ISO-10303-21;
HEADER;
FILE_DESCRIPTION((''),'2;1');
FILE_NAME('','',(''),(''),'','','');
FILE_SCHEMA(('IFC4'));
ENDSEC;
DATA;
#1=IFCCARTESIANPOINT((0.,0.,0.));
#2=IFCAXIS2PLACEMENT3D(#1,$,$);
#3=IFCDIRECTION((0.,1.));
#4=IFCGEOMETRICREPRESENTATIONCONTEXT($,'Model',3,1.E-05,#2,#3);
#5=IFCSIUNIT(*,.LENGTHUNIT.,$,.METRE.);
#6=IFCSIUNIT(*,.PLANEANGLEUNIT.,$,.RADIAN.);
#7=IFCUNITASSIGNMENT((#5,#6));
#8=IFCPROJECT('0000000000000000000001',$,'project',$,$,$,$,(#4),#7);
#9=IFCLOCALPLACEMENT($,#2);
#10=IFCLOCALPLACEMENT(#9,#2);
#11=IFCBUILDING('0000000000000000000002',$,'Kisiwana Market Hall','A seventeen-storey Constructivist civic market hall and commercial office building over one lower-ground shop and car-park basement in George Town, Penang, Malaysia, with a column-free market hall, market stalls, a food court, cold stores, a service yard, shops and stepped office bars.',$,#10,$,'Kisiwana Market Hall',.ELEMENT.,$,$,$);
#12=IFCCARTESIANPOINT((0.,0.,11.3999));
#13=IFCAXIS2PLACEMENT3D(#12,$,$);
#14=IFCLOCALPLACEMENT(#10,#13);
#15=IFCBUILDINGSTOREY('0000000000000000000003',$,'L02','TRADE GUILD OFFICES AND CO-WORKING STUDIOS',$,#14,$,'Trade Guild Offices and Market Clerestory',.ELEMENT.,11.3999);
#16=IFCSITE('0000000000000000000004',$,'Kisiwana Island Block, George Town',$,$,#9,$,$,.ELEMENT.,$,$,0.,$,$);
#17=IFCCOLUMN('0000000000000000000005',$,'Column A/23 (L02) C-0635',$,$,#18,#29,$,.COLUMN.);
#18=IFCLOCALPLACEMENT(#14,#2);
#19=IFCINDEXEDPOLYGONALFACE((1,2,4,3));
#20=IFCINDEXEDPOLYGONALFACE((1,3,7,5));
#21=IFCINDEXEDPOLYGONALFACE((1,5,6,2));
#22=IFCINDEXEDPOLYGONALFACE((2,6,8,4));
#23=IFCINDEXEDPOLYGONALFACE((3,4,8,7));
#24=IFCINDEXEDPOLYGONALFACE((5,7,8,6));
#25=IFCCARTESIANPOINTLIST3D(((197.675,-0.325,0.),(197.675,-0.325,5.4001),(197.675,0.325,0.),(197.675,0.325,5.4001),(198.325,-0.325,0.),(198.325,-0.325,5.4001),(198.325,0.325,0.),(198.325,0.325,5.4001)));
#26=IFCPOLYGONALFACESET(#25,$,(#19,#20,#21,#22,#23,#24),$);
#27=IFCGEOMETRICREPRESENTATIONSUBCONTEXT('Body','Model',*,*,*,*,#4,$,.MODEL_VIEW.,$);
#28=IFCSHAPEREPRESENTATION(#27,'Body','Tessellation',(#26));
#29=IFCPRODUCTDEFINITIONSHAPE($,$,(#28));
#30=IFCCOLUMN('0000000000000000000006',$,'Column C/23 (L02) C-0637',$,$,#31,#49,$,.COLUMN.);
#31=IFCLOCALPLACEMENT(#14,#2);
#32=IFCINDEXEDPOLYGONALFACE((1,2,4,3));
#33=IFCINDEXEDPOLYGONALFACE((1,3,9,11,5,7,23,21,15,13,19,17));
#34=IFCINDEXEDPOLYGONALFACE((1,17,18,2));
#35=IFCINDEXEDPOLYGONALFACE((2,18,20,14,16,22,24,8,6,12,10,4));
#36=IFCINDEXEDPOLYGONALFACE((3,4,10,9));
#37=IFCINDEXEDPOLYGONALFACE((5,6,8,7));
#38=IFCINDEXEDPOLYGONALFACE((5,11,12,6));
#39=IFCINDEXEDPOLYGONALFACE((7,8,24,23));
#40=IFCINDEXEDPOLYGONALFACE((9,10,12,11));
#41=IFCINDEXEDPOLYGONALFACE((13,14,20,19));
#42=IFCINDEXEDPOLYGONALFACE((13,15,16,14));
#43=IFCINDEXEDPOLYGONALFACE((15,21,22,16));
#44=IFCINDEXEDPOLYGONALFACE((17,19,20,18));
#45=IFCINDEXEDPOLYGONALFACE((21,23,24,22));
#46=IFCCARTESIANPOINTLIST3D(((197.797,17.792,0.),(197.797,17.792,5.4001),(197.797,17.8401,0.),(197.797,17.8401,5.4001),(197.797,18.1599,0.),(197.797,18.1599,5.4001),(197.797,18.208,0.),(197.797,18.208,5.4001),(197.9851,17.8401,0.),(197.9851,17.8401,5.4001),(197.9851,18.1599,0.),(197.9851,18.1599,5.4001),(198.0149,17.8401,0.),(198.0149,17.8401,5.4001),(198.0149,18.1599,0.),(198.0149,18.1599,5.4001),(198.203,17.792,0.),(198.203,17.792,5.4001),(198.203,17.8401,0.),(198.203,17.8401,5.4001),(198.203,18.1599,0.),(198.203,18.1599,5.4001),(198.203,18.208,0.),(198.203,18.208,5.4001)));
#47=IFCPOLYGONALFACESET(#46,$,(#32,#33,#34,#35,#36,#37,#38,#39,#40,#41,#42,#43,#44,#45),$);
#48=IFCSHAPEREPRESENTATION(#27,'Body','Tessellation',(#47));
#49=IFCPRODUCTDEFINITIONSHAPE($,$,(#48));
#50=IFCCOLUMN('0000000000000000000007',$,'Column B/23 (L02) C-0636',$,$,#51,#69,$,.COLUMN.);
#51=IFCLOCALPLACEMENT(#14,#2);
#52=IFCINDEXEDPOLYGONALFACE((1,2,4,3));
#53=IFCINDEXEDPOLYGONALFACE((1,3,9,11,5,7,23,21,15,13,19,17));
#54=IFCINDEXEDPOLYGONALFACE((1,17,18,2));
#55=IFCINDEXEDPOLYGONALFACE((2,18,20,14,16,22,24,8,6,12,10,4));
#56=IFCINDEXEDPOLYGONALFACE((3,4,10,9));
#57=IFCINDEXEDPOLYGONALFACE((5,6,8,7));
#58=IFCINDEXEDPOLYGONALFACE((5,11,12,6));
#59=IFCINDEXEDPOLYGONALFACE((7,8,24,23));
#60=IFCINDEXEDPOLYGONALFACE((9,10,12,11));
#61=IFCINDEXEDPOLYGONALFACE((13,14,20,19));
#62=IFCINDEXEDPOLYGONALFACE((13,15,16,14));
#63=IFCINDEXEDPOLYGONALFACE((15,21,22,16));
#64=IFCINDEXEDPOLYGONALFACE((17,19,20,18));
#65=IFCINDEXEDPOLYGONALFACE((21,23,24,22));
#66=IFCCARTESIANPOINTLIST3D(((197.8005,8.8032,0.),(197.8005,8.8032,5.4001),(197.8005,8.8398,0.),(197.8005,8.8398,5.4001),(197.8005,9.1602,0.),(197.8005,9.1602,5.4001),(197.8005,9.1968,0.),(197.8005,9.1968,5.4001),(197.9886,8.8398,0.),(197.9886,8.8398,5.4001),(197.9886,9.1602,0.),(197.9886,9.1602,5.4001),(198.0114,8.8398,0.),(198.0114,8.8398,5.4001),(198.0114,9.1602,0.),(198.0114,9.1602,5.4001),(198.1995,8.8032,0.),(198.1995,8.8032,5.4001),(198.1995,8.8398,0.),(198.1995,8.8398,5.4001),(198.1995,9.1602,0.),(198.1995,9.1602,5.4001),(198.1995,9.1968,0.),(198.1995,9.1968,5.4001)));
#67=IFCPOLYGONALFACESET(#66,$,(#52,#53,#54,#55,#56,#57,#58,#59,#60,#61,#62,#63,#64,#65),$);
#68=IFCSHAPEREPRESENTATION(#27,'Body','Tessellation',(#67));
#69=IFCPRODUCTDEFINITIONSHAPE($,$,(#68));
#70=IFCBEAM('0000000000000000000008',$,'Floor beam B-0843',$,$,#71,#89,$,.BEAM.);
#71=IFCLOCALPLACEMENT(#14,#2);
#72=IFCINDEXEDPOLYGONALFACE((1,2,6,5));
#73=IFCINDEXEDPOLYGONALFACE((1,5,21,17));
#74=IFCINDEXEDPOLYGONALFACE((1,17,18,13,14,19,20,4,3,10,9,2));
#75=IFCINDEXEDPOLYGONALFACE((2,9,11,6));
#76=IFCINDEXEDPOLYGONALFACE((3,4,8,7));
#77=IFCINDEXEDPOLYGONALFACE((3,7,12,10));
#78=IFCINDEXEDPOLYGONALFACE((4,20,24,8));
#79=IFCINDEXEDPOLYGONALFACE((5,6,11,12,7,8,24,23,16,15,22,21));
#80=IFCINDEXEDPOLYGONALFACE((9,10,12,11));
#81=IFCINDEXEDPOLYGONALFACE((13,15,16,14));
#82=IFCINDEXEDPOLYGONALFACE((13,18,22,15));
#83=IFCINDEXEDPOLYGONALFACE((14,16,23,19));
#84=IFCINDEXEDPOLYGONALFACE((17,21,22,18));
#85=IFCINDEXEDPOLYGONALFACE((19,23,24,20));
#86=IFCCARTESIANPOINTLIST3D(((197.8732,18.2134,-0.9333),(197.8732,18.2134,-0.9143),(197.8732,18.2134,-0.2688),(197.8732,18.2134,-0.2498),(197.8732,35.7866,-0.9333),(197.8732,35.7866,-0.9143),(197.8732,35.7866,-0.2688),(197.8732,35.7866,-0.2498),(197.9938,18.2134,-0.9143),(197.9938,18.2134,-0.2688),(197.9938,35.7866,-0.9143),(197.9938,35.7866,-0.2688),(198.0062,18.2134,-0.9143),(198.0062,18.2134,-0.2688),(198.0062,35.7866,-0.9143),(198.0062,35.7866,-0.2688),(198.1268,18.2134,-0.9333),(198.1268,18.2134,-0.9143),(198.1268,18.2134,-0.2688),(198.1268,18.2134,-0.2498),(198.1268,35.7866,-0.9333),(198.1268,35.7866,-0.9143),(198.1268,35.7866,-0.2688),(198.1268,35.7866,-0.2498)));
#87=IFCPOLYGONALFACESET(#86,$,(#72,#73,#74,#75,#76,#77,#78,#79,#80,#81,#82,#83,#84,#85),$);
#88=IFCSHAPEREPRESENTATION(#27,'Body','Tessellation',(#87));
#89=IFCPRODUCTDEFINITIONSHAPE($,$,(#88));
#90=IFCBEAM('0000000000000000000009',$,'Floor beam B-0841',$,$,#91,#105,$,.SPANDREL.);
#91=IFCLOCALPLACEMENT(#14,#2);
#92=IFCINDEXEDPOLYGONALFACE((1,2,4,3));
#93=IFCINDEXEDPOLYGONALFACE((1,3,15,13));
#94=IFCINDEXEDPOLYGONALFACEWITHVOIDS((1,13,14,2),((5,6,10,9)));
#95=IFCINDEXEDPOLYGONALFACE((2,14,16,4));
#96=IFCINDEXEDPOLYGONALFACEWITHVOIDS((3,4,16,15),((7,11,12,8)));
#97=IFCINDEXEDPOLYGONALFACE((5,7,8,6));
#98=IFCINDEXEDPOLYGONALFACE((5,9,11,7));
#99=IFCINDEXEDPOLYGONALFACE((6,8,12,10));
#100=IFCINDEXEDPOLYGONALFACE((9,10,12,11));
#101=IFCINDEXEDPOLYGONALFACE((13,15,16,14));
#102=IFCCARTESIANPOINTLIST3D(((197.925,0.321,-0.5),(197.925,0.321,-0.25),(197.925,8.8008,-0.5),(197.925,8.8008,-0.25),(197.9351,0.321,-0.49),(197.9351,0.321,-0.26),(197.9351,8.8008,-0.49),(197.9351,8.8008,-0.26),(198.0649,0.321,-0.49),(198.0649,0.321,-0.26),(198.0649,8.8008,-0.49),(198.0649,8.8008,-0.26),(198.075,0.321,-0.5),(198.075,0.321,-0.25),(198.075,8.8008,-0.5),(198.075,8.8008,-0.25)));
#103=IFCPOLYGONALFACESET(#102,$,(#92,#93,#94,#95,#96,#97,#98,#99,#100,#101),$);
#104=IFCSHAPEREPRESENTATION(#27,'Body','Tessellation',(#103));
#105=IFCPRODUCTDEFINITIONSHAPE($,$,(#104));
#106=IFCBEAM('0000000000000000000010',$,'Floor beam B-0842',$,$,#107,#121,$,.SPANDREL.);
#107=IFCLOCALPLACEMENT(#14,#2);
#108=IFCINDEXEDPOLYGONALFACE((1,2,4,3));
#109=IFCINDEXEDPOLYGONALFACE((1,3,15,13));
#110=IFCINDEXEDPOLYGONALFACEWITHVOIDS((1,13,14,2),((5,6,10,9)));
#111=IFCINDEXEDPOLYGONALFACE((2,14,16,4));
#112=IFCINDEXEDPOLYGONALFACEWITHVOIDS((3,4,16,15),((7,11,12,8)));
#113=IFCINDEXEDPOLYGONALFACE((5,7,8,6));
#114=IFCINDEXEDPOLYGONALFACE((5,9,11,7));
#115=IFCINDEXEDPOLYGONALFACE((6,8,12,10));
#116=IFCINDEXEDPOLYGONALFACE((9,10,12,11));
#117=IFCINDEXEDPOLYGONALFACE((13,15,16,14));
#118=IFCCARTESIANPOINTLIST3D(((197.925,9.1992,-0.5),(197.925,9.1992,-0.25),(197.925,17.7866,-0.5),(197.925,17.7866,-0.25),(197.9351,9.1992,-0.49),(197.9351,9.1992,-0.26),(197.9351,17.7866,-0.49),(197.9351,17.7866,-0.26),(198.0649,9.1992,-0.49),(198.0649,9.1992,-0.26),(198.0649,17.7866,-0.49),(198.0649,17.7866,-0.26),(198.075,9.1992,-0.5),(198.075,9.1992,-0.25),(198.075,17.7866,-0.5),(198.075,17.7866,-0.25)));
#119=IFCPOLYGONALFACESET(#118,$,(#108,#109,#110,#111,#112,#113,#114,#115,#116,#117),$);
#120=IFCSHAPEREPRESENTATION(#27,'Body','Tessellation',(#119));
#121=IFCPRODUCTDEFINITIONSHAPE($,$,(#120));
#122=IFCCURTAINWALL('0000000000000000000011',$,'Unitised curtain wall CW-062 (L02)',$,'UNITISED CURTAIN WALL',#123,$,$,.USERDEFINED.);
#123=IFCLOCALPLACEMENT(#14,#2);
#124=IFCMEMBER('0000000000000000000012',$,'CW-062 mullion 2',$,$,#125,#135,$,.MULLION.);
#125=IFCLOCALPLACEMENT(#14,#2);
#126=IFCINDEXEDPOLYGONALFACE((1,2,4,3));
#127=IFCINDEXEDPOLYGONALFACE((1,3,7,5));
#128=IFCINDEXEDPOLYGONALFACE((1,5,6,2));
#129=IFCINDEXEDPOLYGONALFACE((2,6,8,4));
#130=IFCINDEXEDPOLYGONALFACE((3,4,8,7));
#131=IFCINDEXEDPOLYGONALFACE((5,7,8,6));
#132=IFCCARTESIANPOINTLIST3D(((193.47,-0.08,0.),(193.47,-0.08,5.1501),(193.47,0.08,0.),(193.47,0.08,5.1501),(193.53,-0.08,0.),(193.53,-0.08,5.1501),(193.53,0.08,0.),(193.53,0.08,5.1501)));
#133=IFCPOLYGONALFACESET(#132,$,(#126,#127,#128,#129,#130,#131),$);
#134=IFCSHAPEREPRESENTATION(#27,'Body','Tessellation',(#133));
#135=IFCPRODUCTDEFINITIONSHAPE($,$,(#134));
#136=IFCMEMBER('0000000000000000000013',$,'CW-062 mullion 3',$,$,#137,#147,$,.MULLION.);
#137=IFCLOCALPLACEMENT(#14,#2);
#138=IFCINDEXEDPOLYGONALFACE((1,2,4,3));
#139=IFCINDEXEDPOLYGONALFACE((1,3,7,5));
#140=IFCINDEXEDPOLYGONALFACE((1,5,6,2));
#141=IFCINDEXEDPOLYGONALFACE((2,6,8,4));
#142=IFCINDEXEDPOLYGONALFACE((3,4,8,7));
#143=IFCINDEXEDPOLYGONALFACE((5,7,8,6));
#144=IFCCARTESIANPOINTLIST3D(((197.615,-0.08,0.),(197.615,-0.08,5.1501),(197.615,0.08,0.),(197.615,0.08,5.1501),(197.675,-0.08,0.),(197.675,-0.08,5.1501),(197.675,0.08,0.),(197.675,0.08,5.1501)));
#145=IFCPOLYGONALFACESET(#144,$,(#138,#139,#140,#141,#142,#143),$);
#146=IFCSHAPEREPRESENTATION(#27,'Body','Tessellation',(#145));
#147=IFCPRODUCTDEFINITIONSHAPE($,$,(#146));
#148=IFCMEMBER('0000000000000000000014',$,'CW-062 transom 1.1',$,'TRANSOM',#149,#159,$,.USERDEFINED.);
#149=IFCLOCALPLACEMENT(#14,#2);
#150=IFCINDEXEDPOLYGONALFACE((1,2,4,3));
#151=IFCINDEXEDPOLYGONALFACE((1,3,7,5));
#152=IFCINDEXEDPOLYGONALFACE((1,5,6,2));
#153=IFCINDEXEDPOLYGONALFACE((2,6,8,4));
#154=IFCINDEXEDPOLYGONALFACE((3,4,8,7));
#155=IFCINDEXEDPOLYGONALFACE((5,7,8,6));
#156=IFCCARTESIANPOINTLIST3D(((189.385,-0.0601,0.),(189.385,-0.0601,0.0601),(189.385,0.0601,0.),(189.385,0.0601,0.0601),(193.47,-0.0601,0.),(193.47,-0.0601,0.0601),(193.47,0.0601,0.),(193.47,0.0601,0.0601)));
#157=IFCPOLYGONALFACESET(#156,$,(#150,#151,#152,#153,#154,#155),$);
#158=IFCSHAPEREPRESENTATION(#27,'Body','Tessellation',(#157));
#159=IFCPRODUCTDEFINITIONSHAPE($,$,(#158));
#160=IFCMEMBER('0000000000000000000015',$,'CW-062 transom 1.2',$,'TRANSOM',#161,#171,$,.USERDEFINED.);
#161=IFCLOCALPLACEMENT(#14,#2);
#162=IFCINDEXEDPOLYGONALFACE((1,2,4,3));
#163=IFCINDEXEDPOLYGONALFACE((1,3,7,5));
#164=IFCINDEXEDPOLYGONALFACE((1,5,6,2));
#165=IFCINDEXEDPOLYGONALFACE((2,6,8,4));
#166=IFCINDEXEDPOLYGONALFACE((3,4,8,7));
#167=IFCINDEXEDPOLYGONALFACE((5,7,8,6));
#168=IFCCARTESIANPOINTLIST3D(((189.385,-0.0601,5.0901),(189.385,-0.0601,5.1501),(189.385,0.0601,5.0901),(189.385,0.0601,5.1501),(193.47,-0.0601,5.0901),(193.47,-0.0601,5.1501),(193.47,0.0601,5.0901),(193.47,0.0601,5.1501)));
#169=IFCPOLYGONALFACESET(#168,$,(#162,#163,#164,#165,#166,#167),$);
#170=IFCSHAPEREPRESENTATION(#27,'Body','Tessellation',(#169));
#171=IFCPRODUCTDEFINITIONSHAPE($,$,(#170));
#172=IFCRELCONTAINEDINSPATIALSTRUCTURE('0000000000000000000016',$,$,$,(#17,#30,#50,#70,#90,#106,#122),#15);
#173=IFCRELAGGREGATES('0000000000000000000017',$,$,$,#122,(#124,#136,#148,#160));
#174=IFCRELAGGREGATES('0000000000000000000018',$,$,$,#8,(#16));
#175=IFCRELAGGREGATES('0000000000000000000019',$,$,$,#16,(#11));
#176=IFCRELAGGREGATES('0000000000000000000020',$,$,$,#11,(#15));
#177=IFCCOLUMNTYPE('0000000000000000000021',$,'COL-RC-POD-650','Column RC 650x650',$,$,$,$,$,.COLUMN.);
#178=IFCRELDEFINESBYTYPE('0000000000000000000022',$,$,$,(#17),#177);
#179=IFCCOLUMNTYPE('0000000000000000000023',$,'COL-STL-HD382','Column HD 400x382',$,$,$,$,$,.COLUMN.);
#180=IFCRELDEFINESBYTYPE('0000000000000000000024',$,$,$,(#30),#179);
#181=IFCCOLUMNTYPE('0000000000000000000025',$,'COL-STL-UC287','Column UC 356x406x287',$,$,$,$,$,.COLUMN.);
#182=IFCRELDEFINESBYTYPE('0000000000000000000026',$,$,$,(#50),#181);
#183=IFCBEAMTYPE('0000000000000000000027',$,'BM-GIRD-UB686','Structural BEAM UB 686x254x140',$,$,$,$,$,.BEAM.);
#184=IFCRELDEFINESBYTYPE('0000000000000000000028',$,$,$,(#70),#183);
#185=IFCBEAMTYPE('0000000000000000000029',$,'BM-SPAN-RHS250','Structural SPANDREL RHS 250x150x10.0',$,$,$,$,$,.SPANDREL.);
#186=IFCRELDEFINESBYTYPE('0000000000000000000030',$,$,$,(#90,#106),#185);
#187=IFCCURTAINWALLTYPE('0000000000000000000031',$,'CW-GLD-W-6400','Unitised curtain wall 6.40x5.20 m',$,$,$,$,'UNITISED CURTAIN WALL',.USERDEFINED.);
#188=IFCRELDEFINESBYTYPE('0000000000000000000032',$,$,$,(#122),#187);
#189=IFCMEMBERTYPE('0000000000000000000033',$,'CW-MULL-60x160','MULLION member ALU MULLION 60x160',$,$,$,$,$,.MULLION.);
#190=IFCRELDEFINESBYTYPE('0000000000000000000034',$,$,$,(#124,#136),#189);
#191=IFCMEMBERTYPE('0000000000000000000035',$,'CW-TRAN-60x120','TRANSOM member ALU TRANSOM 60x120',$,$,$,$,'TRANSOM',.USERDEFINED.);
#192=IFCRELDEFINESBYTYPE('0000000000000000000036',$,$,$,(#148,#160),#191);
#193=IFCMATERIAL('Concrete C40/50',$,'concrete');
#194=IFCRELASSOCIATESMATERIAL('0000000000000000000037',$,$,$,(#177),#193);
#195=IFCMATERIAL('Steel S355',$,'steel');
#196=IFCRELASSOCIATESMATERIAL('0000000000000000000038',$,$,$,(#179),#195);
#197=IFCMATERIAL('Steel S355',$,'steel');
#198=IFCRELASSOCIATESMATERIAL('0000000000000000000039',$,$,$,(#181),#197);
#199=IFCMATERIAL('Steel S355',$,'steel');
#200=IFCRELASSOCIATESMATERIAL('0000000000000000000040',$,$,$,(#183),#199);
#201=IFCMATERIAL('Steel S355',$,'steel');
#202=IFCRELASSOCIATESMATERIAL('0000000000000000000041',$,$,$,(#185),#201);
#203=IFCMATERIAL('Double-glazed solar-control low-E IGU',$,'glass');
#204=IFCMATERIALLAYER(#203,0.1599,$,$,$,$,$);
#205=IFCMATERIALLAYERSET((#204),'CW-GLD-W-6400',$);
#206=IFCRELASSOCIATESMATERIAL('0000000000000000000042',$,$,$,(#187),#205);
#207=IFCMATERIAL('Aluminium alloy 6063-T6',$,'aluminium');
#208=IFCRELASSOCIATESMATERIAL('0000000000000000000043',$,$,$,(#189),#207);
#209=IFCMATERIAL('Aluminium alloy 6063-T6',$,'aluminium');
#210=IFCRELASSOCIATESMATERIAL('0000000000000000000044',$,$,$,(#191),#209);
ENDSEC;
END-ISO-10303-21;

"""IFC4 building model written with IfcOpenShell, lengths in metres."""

from ifc_helpers import new_model, si_unit, direction, frame, origin, origin_2d, place, context, subcontext, project, spatial, rectangle, hollow_rectangle, i_section, extrude, material, layer, layer_set, material_profile, profile_set, type_object, element, aggregate, save


model = new_model("IFC4")

# Units and contexts
model_context = context("Model", 3, precision=1e-05, world=origin(), true_north=direction((0.0, 1.0)))
body_context = subcontext(model_context, "Body", "Model", "MODEL_VIEW")
ifc_project = project(units=[si_unit("LENGTHUNIT", "METRE"), si_unit("PLANEANGLEUNIT", "RADIAN")], contexts=[model_context])

# Site, building, storey
site_placement = place(None, origin())
site = spatial("IfcSite", under=ifc_project, at=site_placement, Name="Kisiwana Island Block, George Town", CompositionType="ELEMENT", RefElevation=0.0)
building_placement = place(site_placement, origin())
building = spatial("IfcBuilding", under=site, at=building_placement, Name="Kisiwana Market Hall", Description="A seventeen-storey Constructivist civic market hall and commercial office building over one lower-ground shop and car-park basement in George Town, Penang, Malaysia, with a column-free market hall, market stalls, a food court, cold stores, a service yard, shops and stepped office bars.", LongName="Kisiwana Market Hall", CompositionType="ELEMENT")
storey_placement = place(building_placement, frame((0.0, 0.0, 11.3999)))
storey = spatial("IfcBuildingStorey", under=building, at=storey_placement, Name="L02", Description="TRADE GUILD OFFICES AND CO-WORKING STUDIOS", LongName="Trade Guild Offices and Market Clerestory", CompositionType="ELEMENT", Elevation=11.3999)

# Columns
ifc_material_1 = material(Name="Concrete C40/50", Category="concrete")
ifc_material_profile_1 = material_profile(ifc_material_1, rectangle(XDim=0.6499, YDim=0.6499, at=origin_2d()), Name="RC 650x650")
ifc_profile_set_1 = profile_set([ifc_material_profile_1], Name="Concrete C40/50")
column_type_1 = type_object("IfcColumnType", Name="COL-RC-POD-650", Description="Column RC 650x650", PredefinedType="COLUMN", material=ifc_profile_set_1)
column_1_placement = place(storey_placement, frame((198.0, 0.0, 0.0), z_axis=(0.0, 0.0, 1.0), x_axis=(1.0, 0.0, 0.0)))
element("IfcColumn", 1, at=column_1_placement, inside=storey, type_object=column_type_1, Name="Column A/23 (L02) C-0635", PredefinedType="COLUMN", context=body_context, shape_type="SweptSolid", body=[
    extrude(rectangle(XDim=0.6499, YDim=0.6499, at=origin_2d()), origin(), (0.0, 0.0, 1.0), 5.4001),
])
ifc_material_2 = material(Name="Steel S355", Category="steel")
ifc_material_profile_2 = material_profile(ifc_material_2, i_section(OverallWidth=0.406, OverallDepth=0.416, WebThickness=0.0298, FlangeThickness=0.0481, at=origin_2d()), Name="HD 400x382")
ifc_profile_set_2 = profile_set([ifc_material_profile_2], Name="Steel S355")
column_type_2 = type_object("IfcColumnType", Name="COL-STL-HD382", Description="Column HD 400x382", PredefinedType="COLUMN", material=ifc_profile_set_2)
column_2_placement = place(storey_placement, frame((198.0, 18.0, 0.0), z_axis=(0.0, 0.0, 1.0), x_axis=(1.0, 0.0, 0.0)))
element("IfcColumn", 2, at=column_2_placement, inside=storey, type_object=column_type_2, Name="Column C/23 (L02) C-0637", PredefinedType="COLUMN", context=body_context, shape_type="SweptSolid", body=[
    extrude(i_section(OverallWidth=0.406, OverallDepth=0.416, WebThickness=0.0298, FlangeThickness=0.0481, at=origin_2d()), origin(), (0.0, 0.0, 1.0), 5.4001),
])
ifc_material_3 = material(Name="Steel S355", Category="steel")
ifc_material_profile_3 = material_profile(ifc_material_3, i_section(OverallWidth=0.3989, OverallDepth=0.3936, WebThickness=0.0227, FlangeThickness=0.0366, at=origin_2d()), Name="UC 356x406x287")
ifc_profile_set_3 = profile_set([ifc_material_profile_3], Name="Steel S355")
column_type_3 = type_object("IfcColumnType", Name="COL-STL-UC287", Description="Column UC 356x406x287", PredefinedType="COLUMN", material=ifc_profile_set_3)
column_3_placement = place(storey_placement, frame((198.0, 9.0, 0.0), z_axis=(0.0, 0.0, 1.0), x_axis=(1.0, 0.0, 0.0)))
element("IfcColumn", 3, at=column_3_placement, inside=storey, type_object=column_type_3, Name="Column B/23 (L02) C-0636", PredefinedType="COLUMN", context=body_context, shape_type="SweptSolid", body=[
    extrude(i_section(OverallWidth=0.3989, OverallDepth=0.3936, WebThickness=0.0227, FlangeThickness=0.0366, at=origin_2d()), origin(), (0.0, 0.0, 1.0), 5.4001),
])

# Beams
ifc_material_4 = material(Name="Steel S355", Category="steel")
ifc_material_profile_4 = material_profile(ifc_material_4, i_section(OverallWidth=0.2537, OverallDepth=0.6836, WebThickness=0.0125, FlangeThickness=0.019, at=origin_2d()), Name="UB 686x254x140")
ifc_profile_set_4 = profile_set([ifc_material_profile_4], Name="Steel S355")
beam_type_1 = type_object("IfcBeamType", Name="BM-GIRD-UB686", Description="Structural BEAM UB 686x254x140", PredefinedType="BEAM", material=ifc_profile_set_4)
beam_1_placement = place(storey_placement, frame((198.0, 18.2134, -0.5916), z_axis=(0.0, 1.0, 0.0), x_axis=(-1.0, 0.0, 0.0)))
element("IfcBeam", 4, at=beam_1_placement, inside=storey, type_object=beam_type_1, Name="Floor beam B-0843", PredefinedType="BEAM", context=body_context, shape_type="SweptSolid", body=[
    extrude(i_section(OverallWidth=0.2537, OverallDepth=0.6836, WebThickness=0.0125, FlangeThickness=0.019, at=origin_2d()), origin(), (0.0, 0.0, 1.0), 17.5732),
])
ifc_material_5 = material(Name="Steel S355", Category="steel")
ifc_material_profile_5 = material_profile(ifc_material_5, hollow_rectangle(XDim=0.1499, YDim=0.25, WallThickness=0.01, at=origin_2d()), Name="RHS 250x150x10.0")
ifc_profile_set_5 = profile_set([ifc_material_profile_5], Name="Steel S355")
beam_type_2 = type_object("IfcBeamType", Name="BM-SPAN-RHS250", Description="Structural SPANDREL RHS 250x150x10.0", PredefinedType="SPANDREL", material=ifc_profile_set_5)
beam_2_placement = place(storey_placement, frame((198.0, 0.321, -0.375), z_axis=(0.0, 1.0, 0.0), x_axis=(-1.0, 0.0, 0.0)))
element("IfcBeam", 5, at=beam_2_placement, inside=storey, type_object=beam_type_2, Name="Floor beam B-0841", PredefinedType="SPANDREL", context=body_context, shape_type="SweptSolid", body=[
    extrude(hollow_rectangle(XDim=0.1499, YDim=0.25, WallThickness=0.01, at=origin_2d()), origin(), (0.0, 0.0, 1.0), 8.4797),
])
beam_3_placement = place(storey_placement, frame((198.0, 9.1992, -0.375), z_axis=(0.0, 1.0, 0.0), x_axis=(-1.0, 0.0, 0.0)))
element("IfcBeam", 6, at=beam_3_placement, inside=storey, type_object=beam_type_2, Name="Floor beam B-0842", PredefinedType="SPANDREL", context=body_context, shape_type="SweptSolid", body=[
    extrude(hollow_rectangle(XDim=0.1499, YDim=0.25, WallThickness=0.01, at=origin_2d()), origin(), (0.0, 0.0, 1.0), 8.5874),
])

# Curtain wall, members
ifc_material_6 = material(Name="Double-glazed solar-control low-E IGU", Category="glass")
ifc_layer_1 = layer(ifc_material_6, 0.1599)
ifc_layer_set_1 = layer_set([ifc_layer_1], Name="CW-GLD-W-6400")
curtain_wall_type = type_object("IfcCurtainWallType", Name="CW-GLD-W-6400", Description="Unitised curtain wall 6.40x5.20 m", ElementType="UNITISED CURTAIN WALL", PredefinedType="USERDEFINED", material=ifc_layer_set_1)
curtain_wall_placement = place(storey_placement, origin())
curtain_wall = element("IfcCurtainWall", 7, at=curtain_wall_placement, inside=storey, type_object=curtain_wall_type, Name="Unitised curtain wall CW-062 (L02)", ObjectType="UNITISED CURTAIN WALL", PredefinedType="USERDEFINED")
ifc_material_7 = material(Name="Aluminium alloy 6063-T6", Category="aluminium")
ifc_material_profile_6 = material_profile(ifc_material_7, rectangle(XDim=0.0601, YDim=0.1599, at=origin_2d()), Name="ALU MULLION 60x160")
ifc_profile_set_6 = profile_set([ifc_material_profile_6], Name="Aluminium alloy 6063-T6")
member_type_1 = type_object("IfcMemberType", Name="CW-MULL-60x160", Description="MULLION member ALU MULLION 60x160", PredefinedType="MULLION", material=ifc_profile_set_6)
member_1_placement = place(storey_placement, frame((193.5, 0.0, 0.0), z_axis=(0.0, 0.0, 1.0), x_axis=(1.0, 0.0, 0.0)))
member_1 = element("IfcMember", 8, at=member_1_placement, type_object=member_type_1, Name="CW-062 mullion 2", PredefinedType="MULLION", context=body_context, shape_type="SweptSolid", body=[
    extrude(rectangle(XDim=0.0601, YDim=0.1599, at=origin_2d()), origin(), (0.0, 0.0, 1.0), 5.1501),
])
member_2_placement = place(storey_placement, frame((197.645, 0.0, 0.0), z_axis=(0.0, 0.0, 1.0), x_axis=(1.0, 0.0, 0.0)))
member_2 = element("IfcMember", 9, at=member_2_placement, type_object=member_type_1, Name="CW-062 mullion 3", PredefinedType="MULLION", context=body_context, shape_type="SweptSolid", body=[
    extrude(rectangle(XDim=0.0601, YDim=0.1599, at=origin_2d()), origin(), (0.0, 0.0, 1.0), 5.1501),
])
ifc_material_8 = material(Name="Aluminium alloy 6063-T6", Category="aluminium")
ifc_material_profile_7 = material_profile(ifc_material_8, rectangle(XDim=0.1201, YDim=0.0601, at=origin_2d()), Name="ALU TRANSOM 60x120")
ifc_profile_set_7 = profile_set([ifc_material_profile_7], Name="Aluminium alloy 6063-T6")
member_type_2 = type_object("IfcMemberType", Name="CW-TRAN-60x120", Description="TRANSOM member ALU TRANSOM 60x120", ElementType="TRANSOM", PredefinedType="USERDEFINED", material=ifc_profile_set_7)
member_3_placement = place(storey_placement, frame((189.385, 0.0, 0.03), z_axis=(1.0, 0.0, 0.0), x_axis=(0.0, 1.0, 0.0)))
member_3 = element("IfcMember", 10, at=member_3_placement, type_object=member_type_2, Name="CW-062 transom 1.1", ObjectType="TRANSOM", PredefinedType="USERDEFINED", context=body_context, shape_type="SweptSolid", body=[
    extrude(rectangle(XDim=0.1201, YDim=0.0601, at=origin_2d()), origin(), (0.0, 0.0, 1.0), 4.085),
])
member_4_placement = place(storey_placement, frame((189.385, 0.0, 5.1201), z_axis=(1.0, 0.0, 0.0), x_axis=(0.0, 1.0, 0.0)))
member_4 = element("IfcMember", 11, at=member_4_placement, type_object=member_type_2, Name="CW-062 transom 1.2", ObjectType="TRANSOM", PredefinedType="USERDEFINED", context=body_context, shape_type="SweptSolid", body=[
    extrude(rectangle(XDim=0.1201, YDim=0.0601, at=origin_2d()), origin(), (0.0, 0.0, 1.0), 4.085),
])
aggregate(curtain_wall, [member_1, member_2, member_3, member_4])

save(model, "model.ifc")
